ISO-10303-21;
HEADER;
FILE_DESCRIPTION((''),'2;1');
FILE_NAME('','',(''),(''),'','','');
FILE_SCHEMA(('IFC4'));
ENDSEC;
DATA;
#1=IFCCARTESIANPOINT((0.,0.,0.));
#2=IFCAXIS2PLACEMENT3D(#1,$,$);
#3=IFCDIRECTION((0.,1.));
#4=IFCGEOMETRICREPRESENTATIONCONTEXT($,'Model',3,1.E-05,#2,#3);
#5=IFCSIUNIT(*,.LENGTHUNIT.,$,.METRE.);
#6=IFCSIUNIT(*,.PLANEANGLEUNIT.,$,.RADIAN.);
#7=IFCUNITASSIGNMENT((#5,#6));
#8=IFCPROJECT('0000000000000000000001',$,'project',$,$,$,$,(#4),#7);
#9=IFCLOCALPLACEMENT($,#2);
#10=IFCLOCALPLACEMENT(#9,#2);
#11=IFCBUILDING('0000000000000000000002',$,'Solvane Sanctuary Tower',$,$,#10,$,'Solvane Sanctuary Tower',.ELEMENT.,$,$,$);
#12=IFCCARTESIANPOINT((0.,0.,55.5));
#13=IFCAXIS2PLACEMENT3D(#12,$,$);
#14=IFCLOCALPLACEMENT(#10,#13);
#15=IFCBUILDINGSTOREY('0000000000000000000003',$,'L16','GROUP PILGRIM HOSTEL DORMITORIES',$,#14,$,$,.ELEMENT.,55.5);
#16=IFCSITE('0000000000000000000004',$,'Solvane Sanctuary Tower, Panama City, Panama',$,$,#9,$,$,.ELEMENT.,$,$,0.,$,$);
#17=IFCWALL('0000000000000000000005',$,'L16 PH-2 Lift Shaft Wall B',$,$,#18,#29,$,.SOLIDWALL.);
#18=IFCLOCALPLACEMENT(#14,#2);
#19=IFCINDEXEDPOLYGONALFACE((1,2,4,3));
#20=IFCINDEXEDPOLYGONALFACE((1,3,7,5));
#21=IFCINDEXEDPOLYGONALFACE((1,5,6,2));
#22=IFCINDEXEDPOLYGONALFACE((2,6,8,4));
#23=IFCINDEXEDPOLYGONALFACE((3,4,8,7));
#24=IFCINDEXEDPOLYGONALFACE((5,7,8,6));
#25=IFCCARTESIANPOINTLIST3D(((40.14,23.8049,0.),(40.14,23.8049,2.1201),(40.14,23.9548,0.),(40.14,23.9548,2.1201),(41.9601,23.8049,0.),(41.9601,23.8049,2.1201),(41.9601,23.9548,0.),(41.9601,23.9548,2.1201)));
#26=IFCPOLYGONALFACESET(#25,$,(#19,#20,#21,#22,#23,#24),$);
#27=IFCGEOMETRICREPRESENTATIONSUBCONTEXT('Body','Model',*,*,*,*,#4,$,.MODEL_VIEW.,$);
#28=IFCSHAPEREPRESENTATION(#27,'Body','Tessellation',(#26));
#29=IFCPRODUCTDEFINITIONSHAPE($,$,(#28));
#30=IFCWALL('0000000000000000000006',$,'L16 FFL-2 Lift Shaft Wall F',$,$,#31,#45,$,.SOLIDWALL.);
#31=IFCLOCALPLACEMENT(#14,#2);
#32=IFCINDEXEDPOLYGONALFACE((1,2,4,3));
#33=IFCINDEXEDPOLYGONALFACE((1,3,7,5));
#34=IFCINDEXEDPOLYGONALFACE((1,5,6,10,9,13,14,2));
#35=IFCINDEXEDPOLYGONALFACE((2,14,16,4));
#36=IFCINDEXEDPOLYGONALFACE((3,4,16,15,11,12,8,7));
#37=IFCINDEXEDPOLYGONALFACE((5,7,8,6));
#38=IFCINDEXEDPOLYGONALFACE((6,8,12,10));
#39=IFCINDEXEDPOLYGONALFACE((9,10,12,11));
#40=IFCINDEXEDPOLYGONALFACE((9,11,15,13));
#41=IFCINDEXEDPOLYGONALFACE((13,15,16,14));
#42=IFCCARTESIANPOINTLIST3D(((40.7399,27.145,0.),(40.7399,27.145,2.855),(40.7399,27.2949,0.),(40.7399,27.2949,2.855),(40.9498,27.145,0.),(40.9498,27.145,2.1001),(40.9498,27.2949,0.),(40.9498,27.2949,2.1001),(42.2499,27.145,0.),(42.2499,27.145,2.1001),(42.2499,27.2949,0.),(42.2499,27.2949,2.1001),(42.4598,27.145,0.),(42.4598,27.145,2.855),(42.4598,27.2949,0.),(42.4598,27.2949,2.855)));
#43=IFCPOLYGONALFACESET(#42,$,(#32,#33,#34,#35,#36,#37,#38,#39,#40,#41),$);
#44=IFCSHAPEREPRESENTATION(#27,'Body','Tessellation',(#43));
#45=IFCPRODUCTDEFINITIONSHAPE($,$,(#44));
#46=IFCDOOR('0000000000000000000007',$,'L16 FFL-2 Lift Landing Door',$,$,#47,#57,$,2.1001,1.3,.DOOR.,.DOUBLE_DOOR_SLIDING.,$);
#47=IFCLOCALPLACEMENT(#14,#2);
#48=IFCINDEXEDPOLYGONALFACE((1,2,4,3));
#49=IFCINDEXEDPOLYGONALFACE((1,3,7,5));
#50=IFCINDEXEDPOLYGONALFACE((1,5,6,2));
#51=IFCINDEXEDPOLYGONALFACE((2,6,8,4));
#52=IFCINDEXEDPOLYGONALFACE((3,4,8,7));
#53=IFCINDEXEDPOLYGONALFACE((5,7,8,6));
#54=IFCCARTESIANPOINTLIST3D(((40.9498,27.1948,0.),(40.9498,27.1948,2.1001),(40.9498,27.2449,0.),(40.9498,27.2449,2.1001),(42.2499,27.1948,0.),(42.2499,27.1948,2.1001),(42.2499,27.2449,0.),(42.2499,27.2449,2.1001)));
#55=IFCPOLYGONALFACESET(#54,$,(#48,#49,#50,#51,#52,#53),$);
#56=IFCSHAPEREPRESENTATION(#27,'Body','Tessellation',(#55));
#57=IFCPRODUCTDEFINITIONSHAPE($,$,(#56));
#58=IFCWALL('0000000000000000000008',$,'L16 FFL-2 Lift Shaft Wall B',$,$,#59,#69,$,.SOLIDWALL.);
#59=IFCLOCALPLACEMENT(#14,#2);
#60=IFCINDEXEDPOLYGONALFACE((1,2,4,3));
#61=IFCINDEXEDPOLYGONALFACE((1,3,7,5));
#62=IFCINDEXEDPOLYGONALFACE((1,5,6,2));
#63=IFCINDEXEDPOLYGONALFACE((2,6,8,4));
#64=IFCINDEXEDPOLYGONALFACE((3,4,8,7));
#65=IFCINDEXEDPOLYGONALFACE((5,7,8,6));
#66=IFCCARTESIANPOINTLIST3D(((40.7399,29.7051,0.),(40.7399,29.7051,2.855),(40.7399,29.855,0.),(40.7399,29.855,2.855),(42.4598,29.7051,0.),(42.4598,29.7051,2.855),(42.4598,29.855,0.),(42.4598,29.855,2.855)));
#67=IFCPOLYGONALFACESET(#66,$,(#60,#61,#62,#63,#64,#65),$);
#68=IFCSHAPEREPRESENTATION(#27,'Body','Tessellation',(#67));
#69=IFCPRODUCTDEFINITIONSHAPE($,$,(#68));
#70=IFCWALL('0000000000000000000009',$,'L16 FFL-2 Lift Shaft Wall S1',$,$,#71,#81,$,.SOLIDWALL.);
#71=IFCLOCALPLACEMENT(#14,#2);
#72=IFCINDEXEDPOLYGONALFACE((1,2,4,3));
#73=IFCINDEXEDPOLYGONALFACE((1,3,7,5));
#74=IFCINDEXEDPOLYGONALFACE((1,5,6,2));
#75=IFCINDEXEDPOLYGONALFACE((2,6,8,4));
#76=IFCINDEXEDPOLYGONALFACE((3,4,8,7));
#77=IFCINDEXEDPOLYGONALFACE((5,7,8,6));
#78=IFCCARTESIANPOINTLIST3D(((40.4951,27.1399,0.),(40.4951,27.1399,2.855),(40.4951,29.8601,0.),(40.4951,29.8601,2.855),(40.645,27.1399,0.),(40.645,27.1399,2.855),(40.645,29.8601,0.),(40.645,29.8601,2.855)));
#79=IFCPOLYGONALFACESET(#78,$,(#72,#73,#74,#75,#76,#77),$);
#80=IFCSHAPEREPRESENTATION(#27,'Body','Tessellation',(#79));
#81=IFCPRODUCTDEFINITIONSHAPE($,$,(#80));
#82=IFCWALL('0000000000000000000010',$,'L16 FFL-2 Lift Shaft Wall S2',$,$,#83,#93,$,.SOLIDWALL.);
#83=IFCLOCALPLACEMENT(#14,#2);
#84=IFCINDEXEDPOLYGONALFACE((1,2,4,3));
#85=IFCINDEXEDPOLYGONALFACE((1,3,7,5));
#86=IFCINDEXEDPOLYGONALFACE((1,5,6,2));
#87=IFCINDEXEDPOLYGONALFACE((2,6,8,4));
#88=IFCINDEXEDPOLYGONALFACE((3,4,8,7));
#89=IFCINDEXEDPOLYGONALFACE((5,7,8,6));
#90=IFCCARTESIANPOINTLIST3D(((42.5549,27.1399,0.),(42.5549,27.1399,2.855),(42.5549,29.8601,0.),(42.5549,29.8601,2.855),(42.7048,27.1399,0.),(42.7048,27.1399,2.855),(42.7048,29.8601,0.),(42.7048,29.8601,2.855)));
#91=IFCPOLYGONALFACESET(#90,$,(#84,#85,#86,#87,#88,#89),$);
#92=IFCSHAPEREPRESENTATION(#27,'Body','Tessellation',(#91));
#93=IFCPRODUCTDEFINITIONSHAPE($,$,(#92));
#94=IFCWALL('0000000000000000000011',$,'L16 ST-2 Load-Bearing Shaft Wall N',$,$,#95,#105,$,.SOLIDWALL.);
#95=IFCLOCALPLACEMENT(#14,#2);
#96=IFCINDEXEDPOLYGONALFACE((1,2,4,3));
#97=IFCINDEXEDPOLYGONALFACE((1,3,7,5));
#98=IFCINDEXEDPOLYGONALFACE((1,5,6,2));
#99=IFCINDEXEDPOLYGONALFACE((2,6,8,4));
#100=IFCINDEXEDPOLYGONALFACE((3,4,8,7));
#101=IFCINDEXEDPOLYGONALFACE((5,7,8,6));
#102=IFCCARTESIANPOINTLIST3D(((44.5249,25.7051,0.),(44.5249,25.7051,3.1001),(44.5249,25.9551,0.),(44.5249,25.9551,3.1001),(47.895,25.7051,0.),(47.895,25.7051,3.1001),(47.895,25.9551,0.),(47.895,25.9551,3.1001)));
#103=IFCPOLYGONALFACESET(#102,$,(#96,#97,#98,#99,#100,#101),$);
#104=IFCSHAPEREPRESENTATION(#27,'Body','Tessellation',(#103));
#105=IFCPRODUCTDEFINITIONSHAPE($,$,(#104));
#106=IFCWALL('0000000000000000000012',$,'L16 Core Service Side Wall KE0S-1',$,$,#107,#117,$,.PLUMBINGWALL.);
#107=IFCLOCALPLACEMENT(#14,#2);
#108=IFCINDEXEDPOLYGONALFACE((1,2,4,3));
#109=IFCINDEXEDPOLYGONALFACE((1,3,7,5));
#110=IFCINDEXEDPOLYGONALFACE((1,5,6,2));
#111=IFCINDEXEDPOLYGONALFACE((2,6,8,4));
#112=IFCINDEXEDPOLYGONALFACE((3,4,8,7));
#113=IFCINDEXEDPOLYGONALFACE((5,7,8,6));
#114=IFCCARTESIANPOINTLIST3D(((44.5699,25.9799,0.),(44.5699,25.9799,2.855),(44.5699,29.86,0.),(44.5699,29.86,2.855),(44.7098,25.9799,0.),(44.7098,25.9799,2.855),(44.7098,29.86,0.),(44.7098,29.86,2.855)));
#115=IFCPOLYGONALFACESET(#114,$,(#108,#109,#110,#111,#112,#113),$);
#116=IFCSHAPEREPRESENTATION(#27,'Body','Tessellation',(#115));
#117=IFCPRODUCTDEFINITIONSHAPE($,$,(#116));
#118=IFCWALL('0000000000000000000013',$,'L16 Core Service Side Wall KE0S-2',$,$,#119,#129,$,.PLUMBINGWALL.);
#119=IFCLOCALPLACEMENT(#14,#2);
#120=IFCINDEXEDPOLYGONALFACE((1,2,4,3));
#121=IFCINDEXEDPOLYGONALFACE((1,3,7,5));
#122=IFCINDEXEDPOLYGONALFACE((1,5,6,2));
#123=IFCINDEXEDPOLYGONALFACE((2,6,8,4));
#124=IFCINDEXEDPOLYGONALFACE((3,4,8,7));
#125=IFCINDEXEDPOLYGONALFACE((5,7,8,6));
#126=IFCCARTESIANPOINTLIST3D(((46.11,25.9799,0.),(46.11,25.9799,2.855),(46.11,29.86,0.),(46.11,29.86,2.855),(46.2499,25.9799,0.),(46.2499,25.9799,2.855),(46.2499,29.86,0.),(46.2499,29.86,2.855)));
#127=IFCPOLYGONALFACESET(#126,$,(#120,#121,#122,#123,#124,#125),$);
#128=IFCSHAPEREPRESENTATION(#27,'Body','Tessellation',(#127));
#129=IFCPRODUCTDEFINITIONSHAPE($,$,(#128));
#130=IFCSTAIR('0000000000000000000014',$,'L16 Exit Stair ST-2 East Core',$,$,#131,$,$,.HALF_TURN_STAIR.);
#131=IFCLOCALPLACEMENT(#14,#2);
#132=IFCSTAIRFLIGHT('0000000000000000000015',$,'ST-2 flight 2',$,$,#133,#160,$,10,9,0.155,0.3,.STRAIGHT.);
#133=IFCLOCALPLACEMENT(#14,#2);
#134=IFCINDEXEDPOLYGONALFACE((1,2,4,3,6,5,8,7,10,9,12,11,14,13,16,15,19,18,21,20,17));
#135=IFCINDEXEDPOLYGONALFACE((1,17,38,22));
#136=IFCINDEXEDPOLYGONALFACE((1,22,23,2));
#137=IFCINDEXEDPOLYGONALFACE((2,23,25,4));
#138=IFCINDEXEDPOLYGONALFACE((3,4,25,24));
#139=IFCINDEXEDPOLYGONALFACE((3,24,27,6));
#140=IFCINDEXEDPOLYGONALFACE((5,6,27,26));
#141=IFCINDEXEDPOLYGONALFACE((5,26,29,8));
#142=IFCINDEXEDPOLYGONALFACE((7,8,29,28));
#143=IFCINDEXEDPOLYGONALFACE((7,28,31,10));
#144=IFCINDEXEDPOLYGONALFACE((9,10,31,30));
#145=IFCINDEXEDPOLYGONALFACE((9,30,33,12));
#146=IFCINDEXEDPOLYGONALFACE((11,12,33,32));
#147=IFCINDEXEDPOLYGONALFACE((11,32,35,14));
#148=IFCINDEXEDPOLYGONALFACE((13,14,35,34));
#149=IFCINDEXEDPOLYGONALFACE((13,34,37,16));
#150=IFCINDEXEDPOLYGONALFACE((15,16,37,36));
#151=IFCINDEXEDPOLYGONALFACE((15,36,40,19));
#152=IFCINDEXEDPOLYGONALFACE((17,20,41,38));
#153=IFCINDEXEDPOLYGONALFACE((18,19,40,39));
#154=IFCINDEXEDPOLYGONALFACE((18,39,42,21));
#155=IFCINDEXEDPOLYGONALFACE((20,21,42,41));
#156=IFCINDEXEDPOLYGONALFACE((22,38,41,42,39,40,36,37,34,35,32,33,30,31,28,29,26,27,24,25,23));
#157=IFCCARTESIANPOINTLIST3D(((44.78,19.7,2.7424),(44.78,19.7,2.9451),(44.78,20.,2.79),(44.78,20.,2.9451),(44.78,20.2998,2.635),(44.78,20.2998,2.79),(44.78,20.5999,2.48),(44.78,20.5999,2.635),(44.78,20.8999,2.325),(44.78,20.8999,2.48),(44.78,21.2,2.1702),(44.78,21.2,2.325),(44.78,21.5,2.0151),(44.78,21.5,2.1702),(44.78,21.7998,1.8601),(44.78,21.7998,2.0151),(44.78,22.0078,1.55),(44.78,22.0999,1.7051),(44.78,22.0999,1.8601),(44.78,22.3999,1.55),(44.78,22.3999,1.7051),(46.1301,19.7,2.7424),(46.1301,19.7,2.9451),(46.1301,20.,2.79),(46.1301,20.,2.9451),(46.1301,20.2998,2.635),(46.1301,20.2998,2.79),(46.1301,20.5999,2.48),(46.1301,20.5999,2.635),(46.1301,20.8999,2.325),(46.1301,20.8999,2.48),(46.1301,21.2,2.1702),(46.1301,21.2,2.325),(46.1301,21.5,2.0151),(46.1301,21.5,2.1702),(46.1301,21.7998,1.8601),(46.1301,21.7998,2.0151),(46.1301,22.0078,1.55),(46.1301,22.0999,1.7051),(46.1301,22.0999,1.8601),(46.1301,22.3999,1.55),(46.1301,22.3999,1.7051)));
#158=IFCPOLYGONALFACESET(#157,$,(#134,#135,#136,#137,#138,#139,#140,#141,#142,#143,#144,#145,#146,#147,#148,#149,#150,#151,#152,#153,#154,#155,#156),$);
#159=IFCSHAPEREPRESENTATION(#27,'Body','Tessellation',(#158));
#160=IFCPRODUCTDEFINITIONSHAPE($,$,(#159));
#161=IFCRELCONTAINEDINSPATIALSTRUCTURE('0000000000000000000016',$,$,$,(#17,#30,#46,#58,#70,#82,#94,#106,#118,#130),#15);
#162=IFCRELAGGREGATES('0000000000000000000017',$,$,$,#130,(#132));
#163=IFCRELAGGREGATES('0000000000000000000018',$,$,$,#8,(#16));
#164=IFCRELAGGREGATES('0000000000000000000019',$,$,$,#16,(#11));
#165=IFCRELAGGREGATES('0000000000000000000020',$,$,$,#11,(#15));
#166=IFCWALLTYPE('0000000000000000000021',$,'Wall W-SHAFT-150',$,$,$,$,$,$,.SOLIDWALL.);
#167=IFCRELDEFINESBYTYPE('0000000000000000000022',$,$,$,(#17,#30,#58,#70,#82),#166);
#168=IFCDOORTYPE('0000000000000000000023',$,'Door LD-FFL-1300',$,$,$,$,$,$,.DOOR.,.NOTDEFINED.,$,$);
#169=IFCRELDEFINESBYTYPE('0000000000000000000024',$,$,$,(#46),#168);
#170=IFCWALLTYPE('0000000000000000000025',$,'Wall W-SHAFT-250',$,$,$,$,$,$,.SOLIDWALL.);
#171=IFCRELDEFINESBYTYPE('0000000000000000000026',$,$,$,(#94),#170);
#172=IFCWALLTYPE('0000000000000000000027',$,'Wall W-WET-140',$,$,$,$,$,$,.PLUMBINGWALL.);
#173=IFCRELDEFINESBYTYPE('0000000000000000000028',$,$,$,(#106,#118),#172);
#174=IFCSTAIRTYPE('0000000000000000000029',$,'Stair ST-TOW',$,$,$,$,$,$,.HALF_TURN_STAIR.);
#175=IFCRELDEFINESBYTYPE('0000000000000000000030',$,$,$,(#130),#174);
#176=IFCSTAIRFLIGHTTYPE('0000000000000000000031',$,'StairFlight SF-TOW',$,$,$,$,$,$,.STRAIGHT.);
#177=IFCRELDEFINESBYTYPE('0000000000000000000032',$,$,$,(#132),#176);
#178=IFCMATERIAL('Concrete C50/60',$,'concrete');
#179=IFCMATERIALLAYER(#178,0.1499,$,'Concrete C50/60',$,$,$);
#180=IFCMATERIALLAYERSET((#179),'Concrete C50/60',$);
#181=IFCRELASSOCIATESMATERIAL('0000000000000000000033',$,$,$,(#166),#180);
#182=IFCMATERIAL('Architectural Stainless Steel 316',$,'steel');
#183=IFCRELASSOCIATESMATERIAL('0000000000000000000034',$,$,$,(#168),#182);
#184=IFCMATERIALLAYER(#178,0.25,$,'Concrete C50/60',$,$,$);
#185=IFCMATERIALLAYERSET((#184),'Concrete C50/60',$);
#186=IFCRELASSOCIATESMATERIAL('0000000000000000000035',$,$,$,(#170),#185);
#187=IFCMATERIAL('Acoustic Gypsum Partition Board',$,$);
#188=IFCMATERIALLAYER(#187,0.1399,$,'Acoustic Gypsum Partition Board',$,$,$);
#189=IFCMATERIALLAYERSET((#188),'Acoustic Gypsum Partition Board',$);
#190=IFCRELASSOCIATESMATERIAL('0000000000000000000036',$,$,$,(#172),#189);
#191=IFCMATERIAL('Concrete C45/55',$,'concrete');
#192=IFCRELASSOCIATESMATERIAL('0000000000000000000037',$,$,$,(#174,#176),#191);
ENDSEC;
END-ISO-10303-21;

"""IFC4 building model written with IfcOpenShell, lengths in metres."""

from ifc_helpers import new_model, si_unit, direction, frame, frame_2d, origin, place, context, subcontext, project, spatial, polyline, rectangle, outline, extrude, material, layer, layer_set, type_object, element, fill, aggregate, save


model = new_model("IFC4")

# Units and contexts
model_context = context("Model", 3, precision=1e-05, world=origin(), true_north=direction((0.0, 1.0)))
body_context = subcontext(model_context, "Body", "Model", "MODEL_VIEW")
ifc_project = project(units=[si_unit("LENGTHUNIT", "METRE"), si_unit("PLANEANGLEUNIT", "RADIAN")], contexts=[model_context])

# Site, building, storey
site_placement = place(None, origin())
site = spatial("IfcSite", under=ifc_project, at=site_placement, Name="Solvane Sanctuary Tower, Panama City, Panama", CompositionType="ELEMENT", RefElevation=0.0)
building_placement = place(site_placement, origin())
building = spatial("IfcBuilding", under=site, at=building_placement, Name="Solvane Sanctuary Tower", LongName="Solvane Sanctuary Tower", CompositionType="ELEMENT")
storey_placement = place(building_placement, frame((0.0, 0.0, 55.5)))
storey = spatial("IfcBuildingStorey", under=building, at=storey_placement, Name="L16", Description="GROUP PILGRIM HOSTEL DORMITORIES", CompositionType="ELEMENT", Elevation=55.5)

# Shared definitions
ifc_material_1 = material(Name="Acoustic Gypsum Partition Board")

# Wall
ifc_material_2 = material(Name="Concrete C50/60", Category="concrete")
ifc_layer_1 = layer(ifc_material_2, 0.1499, Name="Concrete C50/60")
ifc_layer_set_1 = layer_set([ifc_layer_1], Name="Concrete C50/60")
wall_type_1 = type_object("IfcWallType", Name="Wall W-SHAFT-150", PredefinedType="SOLIDWALL", material=ifc_layer_set_1)
for number, where, z_axis, x_axis, name in (
    (1, (40.1399, 23.8799, 0.0), (0.0, 0.0, 1.0), (1.0, 0.0, 0.0), "L16 PH-2 Lift Shaft Wall B"),
):
    element("IfcWall", number, at=place(storey_placement, frame(where, z_axis=z_axis, x_axis=x_axis)), inside=storey, type_object=wall_type_1, Name=name, PredefinedType="SOLIDWALL", context=body_context, shape_type="SweptSolid", body=[
        extrude(rectangle(XDim=1.8201, YDim=0.1499, at=frame_2d((0.9102, 0.0))), origin(), (0.0, 0.0, 1.0), 2.1201),
    ])

# Wall, opening, door
wall_1_placement = place(storey_placement, frame((40.74, 27.22, 0.0), z_axis=(0.0, 0.0, 1.0), x_axis=(1.0, 0.0, 0.0)))
wall_1 = element("IfcWall", 2, at=wall_1_placement, inside=storey, type_object=wall_type_1, Name="L16 FFL-2 Lift Shaft Wall F", PredefinedType="SOLIDWALL", context=body_context, shape_type="SweptSolid", body=[
    extrude(rectangle(XDim=1.72, YDim=0.1499, at=frame_2d((0.8599, 0.0))), origin(), (0.0, 0.0, 1.0), 2.855),
])
opening_1_placement = place(wall_1_placement, frame((0.21, 0.0, 0.0)))
opening_1 = element("IfcOpeningElement", 3, at=opening_1_placement, cuts=wall_1, PredefinedType="OPENING", context=body_context, shape_type="SweptSolid", body=[
    extrude(rectangle(XDim=1.3, YDim=2.1001, at=frame_2d((0.6499, 1.05))), frame((0.0, 0.085, 0.0), z_axis=(0.0, -1.0, 0.0), x_axis=(1.0, 0.0, 0.0)), (0.0, 0.0, 1.0), 0.1699),
])
ifc_material_3 = material(Name="Architectural Stainless Steel 316", Category="steel")
door_type_1 = type_object("IfcDoorType", Name="Door LD-FFL-1300", OperationType="NOTDEFINED", PredefinedType="DOOR", material=ifc_material_3)
door_1_placement = place(opening_1_placement, origin())
door_1 = element("IfcDoor", 4, at=door_1_placement, inside=storey, type_object=door_type_1, Name="L16 FFL-2 Lift Landing Door", OperationType="DOUBLE_DOOR_SLIDING", OverallHeight=2.1001, OverallWidth=1.3, PredefinedType="DOOR", context=body_context, shape_type="SweptSolid", body=[
    extrude(rectangle(XDim=1.3, YDim=2.1001, at=frame_2d((0.6499, 1.05))), frame((0.0, 0.0249, 0.0), z_axis=(0.0, -1.0, 0.0), x_axis=(1.0, 0.0, 0.0)), (0.0, 0.0, 1.0), 0.05),
])
fill(opening_1, door_1)

# Walls
wall_2_placement = place(storey_placement, frame((40.74, 29.78, 0.0), z_axis=(0.0, 0.0, 1.0), x_axis=(1.0, 0.0, 0.0)))
element("IfcWall", 5, at=wall_2_placement, inside=storey, type_object=wall_type_1, Name="L16 FFL-2 Lift Shaft Wall B", PredefinedType="SOLIDWALL", context=body_context, shape_type="SweptSolid", body=[
    extrude(rectangle(XDim=1.72, YDim=0.1499, at=frame_2d((0.8599, 0.0))), origin(), (0.0, 0.0, 1.0), 2.855),
])
for number, where, z_axis, x_axis, name in (
    (6, (40.5701, 27.1399, 0.0), (0.0, 0.0, 1.0), (0.0, 1.0, 0.0), "L16 FFL-2 Lift Shaft Wall S1"),
    (7, (42.6299, 27.1399, 0.0), (0.0, 0.0, 1.0), (0.0, 1.0, 0.0), "L16 FFL-2 Lift Shaft Wall S2"),
):
    element("IfcWall", number, at=place(storey_placement, frame(where, z_axis=z_axis, x_axis=x_axis)), inside=storey, type_object=wall_type_1, Name=name, PredefinedType="SOLIDWALL", context=body_context, shape_type="SweptSolid", body=[
        extrude(rectangle(XDim=2.7202, YDim=0.1499, at=frame_2d((1.3601, 0.0))), origin(), (0.0, 0.0, 1.0), 2.855),
    ])
ifc_layer_2 = layer(ifc_material_2, 0.25, Name="Concrete C50/60")
ifc_layer_set_2 = layer_set([ifc_layer_2], Name="Concrete C50/60")
wall_type_2 = type_object("IfcWallType", Name="Wall W-SHAFT-250", PredefinedType="SOLIDWALL", material=ifc_layer_set_2)
wall_3_placement = place(storey_placement, frame((44.5249, 25.8301, 0.0), z_axis=(0.0, 0.0, 1.0), x_axis=(1.0, 0.0, 0.0)))
element("IfcWall", 8, at=wall_3_placement, inside=storey, type_object=wall_type_2, Name="L16 ST-2 Load-Bearing Shaft Wall N", PredefinedType="SOLIDWALL", context=body_context, shape_type="SweptSolid", body=[
    extrude(rectangle(XDim=3.3701, YDim=0.25, at=frame_2d((1.6851, 0.0))), origin(), (0.0, 0.0, 1.0), 3.1001),
])
ifc_layer_3 = layer(ifc_material_1, 0.1399, Name="Acoustic Gypsum Partition Board")
ifc_layer_set_3 = layer_set([ifc_layer_3], Name="Acoustic Gypsum Partition Board")
wall_type_3 = type_object("IfcWallType", Name="Wall W-WET-140", PredefinedType="PLUMBINGWALL", material=ifc_layer_set_3)
for number, where, z_axis, x_axis, name in (
    (9, (44.6399, 25.98, 0.0), (0.0, 0.0, 1.0), (0.0, 1.0, 0.0), "L16 Core Service Side Wall KE0S-1"),
    (10, (46.1799, 25.98, 0.0), (0.0, 0.0, 1.0), (0.0, 1.0, 0.0), "L16 Core Service Side Wall KE0S-2"),
):
    element("IfcWall", number, at=place(storey_placement, frame(where, z_axis=z_axis, x_axis=x_axis)), inside=storey, type_object=wall_type_3, Name=name, PredefinedType="PLUMBINGWALL", context=body_context, shape_type="SweptSolid", body=[
        extrude(rectangle(XDim=3.8801, YDim=0.1399, at=frame_2d((1.9399, 0.0))), origin(), (0.0, 0.0, 1.0), 2.855),
    ])

# Stair, stair flight
ifc_material_4 = material(Name="Concrete C45/55", Category="concrete")
stair_type = type_object("IfcStairType", Name="Stair ST-TOW", PredefinedType="HALF_TURN_STAIR", material=ifc_material_4)
stair_placement = place(storey_placement, origin())
stair = element("IfcStair", 11, at=stair_placement, inside=storey, type_object=stair_type, Name="L16 Exit Stair ST-2 East Core", PredefinedType="HALF_TURN_STAIR")
stair_flight_type = type_object("IfcStairFlightType", Name="StairFlight SF-TOW", PredefinedType="STRAIGHT", material=ifc_material_4)
stair_flight_placement = place(storey_placement, frame((45.4551, 22.3999, 1.55), z_axis=(0.0, 0.0, 1.0), x_axis=(0.0, -1.0, 0.0)))
stair_flight = element("IfcStairFlight", 12, at=stair_flight_placement, type_object=stair_flight_type, Name="ST-2 flight 2", NumberOfRisers=10, NumberOfTreads=9, PredefinedType="STRAIGHT", RiserHeight=0.155, TreadLength=0.3, context=body_context, shape_type="SweptSolid", body=[
    extrude(outline(polyline([(0.0, 0.0), (0.0, 0.155), (0.3, 0.155), (0.3, 0.3101), (0.6001, 0.3101), (0.6001, 0.4651), (0.8999, 0.4651), (0.8999, 0.6201), (1.2, 0.6201), (1.2, 0.7749), (1.5, 0.7749), (1.5, 0.9299), (1.8, 0.9299), (1.8, 1.085), (2.1001, 1.085), (2.1001, 1.24), (2.3999, 1.24), (2.3999, 1.395), (2.7, 1.395), (2.7, 1.55), (2.7, 1.1924), (0.3921, 0.0), (0.0, 0.0)])), frame((0.0, 0.675, 0.0), z_axis=(0.0, -1.0, 0.0), x_axis=(1.0, 0.0, 0.0)), (0.0, 0.0, 1.0), 1.3501),
])
aggregate(stair, [stair_flight])

save(model, "model.ifc")
